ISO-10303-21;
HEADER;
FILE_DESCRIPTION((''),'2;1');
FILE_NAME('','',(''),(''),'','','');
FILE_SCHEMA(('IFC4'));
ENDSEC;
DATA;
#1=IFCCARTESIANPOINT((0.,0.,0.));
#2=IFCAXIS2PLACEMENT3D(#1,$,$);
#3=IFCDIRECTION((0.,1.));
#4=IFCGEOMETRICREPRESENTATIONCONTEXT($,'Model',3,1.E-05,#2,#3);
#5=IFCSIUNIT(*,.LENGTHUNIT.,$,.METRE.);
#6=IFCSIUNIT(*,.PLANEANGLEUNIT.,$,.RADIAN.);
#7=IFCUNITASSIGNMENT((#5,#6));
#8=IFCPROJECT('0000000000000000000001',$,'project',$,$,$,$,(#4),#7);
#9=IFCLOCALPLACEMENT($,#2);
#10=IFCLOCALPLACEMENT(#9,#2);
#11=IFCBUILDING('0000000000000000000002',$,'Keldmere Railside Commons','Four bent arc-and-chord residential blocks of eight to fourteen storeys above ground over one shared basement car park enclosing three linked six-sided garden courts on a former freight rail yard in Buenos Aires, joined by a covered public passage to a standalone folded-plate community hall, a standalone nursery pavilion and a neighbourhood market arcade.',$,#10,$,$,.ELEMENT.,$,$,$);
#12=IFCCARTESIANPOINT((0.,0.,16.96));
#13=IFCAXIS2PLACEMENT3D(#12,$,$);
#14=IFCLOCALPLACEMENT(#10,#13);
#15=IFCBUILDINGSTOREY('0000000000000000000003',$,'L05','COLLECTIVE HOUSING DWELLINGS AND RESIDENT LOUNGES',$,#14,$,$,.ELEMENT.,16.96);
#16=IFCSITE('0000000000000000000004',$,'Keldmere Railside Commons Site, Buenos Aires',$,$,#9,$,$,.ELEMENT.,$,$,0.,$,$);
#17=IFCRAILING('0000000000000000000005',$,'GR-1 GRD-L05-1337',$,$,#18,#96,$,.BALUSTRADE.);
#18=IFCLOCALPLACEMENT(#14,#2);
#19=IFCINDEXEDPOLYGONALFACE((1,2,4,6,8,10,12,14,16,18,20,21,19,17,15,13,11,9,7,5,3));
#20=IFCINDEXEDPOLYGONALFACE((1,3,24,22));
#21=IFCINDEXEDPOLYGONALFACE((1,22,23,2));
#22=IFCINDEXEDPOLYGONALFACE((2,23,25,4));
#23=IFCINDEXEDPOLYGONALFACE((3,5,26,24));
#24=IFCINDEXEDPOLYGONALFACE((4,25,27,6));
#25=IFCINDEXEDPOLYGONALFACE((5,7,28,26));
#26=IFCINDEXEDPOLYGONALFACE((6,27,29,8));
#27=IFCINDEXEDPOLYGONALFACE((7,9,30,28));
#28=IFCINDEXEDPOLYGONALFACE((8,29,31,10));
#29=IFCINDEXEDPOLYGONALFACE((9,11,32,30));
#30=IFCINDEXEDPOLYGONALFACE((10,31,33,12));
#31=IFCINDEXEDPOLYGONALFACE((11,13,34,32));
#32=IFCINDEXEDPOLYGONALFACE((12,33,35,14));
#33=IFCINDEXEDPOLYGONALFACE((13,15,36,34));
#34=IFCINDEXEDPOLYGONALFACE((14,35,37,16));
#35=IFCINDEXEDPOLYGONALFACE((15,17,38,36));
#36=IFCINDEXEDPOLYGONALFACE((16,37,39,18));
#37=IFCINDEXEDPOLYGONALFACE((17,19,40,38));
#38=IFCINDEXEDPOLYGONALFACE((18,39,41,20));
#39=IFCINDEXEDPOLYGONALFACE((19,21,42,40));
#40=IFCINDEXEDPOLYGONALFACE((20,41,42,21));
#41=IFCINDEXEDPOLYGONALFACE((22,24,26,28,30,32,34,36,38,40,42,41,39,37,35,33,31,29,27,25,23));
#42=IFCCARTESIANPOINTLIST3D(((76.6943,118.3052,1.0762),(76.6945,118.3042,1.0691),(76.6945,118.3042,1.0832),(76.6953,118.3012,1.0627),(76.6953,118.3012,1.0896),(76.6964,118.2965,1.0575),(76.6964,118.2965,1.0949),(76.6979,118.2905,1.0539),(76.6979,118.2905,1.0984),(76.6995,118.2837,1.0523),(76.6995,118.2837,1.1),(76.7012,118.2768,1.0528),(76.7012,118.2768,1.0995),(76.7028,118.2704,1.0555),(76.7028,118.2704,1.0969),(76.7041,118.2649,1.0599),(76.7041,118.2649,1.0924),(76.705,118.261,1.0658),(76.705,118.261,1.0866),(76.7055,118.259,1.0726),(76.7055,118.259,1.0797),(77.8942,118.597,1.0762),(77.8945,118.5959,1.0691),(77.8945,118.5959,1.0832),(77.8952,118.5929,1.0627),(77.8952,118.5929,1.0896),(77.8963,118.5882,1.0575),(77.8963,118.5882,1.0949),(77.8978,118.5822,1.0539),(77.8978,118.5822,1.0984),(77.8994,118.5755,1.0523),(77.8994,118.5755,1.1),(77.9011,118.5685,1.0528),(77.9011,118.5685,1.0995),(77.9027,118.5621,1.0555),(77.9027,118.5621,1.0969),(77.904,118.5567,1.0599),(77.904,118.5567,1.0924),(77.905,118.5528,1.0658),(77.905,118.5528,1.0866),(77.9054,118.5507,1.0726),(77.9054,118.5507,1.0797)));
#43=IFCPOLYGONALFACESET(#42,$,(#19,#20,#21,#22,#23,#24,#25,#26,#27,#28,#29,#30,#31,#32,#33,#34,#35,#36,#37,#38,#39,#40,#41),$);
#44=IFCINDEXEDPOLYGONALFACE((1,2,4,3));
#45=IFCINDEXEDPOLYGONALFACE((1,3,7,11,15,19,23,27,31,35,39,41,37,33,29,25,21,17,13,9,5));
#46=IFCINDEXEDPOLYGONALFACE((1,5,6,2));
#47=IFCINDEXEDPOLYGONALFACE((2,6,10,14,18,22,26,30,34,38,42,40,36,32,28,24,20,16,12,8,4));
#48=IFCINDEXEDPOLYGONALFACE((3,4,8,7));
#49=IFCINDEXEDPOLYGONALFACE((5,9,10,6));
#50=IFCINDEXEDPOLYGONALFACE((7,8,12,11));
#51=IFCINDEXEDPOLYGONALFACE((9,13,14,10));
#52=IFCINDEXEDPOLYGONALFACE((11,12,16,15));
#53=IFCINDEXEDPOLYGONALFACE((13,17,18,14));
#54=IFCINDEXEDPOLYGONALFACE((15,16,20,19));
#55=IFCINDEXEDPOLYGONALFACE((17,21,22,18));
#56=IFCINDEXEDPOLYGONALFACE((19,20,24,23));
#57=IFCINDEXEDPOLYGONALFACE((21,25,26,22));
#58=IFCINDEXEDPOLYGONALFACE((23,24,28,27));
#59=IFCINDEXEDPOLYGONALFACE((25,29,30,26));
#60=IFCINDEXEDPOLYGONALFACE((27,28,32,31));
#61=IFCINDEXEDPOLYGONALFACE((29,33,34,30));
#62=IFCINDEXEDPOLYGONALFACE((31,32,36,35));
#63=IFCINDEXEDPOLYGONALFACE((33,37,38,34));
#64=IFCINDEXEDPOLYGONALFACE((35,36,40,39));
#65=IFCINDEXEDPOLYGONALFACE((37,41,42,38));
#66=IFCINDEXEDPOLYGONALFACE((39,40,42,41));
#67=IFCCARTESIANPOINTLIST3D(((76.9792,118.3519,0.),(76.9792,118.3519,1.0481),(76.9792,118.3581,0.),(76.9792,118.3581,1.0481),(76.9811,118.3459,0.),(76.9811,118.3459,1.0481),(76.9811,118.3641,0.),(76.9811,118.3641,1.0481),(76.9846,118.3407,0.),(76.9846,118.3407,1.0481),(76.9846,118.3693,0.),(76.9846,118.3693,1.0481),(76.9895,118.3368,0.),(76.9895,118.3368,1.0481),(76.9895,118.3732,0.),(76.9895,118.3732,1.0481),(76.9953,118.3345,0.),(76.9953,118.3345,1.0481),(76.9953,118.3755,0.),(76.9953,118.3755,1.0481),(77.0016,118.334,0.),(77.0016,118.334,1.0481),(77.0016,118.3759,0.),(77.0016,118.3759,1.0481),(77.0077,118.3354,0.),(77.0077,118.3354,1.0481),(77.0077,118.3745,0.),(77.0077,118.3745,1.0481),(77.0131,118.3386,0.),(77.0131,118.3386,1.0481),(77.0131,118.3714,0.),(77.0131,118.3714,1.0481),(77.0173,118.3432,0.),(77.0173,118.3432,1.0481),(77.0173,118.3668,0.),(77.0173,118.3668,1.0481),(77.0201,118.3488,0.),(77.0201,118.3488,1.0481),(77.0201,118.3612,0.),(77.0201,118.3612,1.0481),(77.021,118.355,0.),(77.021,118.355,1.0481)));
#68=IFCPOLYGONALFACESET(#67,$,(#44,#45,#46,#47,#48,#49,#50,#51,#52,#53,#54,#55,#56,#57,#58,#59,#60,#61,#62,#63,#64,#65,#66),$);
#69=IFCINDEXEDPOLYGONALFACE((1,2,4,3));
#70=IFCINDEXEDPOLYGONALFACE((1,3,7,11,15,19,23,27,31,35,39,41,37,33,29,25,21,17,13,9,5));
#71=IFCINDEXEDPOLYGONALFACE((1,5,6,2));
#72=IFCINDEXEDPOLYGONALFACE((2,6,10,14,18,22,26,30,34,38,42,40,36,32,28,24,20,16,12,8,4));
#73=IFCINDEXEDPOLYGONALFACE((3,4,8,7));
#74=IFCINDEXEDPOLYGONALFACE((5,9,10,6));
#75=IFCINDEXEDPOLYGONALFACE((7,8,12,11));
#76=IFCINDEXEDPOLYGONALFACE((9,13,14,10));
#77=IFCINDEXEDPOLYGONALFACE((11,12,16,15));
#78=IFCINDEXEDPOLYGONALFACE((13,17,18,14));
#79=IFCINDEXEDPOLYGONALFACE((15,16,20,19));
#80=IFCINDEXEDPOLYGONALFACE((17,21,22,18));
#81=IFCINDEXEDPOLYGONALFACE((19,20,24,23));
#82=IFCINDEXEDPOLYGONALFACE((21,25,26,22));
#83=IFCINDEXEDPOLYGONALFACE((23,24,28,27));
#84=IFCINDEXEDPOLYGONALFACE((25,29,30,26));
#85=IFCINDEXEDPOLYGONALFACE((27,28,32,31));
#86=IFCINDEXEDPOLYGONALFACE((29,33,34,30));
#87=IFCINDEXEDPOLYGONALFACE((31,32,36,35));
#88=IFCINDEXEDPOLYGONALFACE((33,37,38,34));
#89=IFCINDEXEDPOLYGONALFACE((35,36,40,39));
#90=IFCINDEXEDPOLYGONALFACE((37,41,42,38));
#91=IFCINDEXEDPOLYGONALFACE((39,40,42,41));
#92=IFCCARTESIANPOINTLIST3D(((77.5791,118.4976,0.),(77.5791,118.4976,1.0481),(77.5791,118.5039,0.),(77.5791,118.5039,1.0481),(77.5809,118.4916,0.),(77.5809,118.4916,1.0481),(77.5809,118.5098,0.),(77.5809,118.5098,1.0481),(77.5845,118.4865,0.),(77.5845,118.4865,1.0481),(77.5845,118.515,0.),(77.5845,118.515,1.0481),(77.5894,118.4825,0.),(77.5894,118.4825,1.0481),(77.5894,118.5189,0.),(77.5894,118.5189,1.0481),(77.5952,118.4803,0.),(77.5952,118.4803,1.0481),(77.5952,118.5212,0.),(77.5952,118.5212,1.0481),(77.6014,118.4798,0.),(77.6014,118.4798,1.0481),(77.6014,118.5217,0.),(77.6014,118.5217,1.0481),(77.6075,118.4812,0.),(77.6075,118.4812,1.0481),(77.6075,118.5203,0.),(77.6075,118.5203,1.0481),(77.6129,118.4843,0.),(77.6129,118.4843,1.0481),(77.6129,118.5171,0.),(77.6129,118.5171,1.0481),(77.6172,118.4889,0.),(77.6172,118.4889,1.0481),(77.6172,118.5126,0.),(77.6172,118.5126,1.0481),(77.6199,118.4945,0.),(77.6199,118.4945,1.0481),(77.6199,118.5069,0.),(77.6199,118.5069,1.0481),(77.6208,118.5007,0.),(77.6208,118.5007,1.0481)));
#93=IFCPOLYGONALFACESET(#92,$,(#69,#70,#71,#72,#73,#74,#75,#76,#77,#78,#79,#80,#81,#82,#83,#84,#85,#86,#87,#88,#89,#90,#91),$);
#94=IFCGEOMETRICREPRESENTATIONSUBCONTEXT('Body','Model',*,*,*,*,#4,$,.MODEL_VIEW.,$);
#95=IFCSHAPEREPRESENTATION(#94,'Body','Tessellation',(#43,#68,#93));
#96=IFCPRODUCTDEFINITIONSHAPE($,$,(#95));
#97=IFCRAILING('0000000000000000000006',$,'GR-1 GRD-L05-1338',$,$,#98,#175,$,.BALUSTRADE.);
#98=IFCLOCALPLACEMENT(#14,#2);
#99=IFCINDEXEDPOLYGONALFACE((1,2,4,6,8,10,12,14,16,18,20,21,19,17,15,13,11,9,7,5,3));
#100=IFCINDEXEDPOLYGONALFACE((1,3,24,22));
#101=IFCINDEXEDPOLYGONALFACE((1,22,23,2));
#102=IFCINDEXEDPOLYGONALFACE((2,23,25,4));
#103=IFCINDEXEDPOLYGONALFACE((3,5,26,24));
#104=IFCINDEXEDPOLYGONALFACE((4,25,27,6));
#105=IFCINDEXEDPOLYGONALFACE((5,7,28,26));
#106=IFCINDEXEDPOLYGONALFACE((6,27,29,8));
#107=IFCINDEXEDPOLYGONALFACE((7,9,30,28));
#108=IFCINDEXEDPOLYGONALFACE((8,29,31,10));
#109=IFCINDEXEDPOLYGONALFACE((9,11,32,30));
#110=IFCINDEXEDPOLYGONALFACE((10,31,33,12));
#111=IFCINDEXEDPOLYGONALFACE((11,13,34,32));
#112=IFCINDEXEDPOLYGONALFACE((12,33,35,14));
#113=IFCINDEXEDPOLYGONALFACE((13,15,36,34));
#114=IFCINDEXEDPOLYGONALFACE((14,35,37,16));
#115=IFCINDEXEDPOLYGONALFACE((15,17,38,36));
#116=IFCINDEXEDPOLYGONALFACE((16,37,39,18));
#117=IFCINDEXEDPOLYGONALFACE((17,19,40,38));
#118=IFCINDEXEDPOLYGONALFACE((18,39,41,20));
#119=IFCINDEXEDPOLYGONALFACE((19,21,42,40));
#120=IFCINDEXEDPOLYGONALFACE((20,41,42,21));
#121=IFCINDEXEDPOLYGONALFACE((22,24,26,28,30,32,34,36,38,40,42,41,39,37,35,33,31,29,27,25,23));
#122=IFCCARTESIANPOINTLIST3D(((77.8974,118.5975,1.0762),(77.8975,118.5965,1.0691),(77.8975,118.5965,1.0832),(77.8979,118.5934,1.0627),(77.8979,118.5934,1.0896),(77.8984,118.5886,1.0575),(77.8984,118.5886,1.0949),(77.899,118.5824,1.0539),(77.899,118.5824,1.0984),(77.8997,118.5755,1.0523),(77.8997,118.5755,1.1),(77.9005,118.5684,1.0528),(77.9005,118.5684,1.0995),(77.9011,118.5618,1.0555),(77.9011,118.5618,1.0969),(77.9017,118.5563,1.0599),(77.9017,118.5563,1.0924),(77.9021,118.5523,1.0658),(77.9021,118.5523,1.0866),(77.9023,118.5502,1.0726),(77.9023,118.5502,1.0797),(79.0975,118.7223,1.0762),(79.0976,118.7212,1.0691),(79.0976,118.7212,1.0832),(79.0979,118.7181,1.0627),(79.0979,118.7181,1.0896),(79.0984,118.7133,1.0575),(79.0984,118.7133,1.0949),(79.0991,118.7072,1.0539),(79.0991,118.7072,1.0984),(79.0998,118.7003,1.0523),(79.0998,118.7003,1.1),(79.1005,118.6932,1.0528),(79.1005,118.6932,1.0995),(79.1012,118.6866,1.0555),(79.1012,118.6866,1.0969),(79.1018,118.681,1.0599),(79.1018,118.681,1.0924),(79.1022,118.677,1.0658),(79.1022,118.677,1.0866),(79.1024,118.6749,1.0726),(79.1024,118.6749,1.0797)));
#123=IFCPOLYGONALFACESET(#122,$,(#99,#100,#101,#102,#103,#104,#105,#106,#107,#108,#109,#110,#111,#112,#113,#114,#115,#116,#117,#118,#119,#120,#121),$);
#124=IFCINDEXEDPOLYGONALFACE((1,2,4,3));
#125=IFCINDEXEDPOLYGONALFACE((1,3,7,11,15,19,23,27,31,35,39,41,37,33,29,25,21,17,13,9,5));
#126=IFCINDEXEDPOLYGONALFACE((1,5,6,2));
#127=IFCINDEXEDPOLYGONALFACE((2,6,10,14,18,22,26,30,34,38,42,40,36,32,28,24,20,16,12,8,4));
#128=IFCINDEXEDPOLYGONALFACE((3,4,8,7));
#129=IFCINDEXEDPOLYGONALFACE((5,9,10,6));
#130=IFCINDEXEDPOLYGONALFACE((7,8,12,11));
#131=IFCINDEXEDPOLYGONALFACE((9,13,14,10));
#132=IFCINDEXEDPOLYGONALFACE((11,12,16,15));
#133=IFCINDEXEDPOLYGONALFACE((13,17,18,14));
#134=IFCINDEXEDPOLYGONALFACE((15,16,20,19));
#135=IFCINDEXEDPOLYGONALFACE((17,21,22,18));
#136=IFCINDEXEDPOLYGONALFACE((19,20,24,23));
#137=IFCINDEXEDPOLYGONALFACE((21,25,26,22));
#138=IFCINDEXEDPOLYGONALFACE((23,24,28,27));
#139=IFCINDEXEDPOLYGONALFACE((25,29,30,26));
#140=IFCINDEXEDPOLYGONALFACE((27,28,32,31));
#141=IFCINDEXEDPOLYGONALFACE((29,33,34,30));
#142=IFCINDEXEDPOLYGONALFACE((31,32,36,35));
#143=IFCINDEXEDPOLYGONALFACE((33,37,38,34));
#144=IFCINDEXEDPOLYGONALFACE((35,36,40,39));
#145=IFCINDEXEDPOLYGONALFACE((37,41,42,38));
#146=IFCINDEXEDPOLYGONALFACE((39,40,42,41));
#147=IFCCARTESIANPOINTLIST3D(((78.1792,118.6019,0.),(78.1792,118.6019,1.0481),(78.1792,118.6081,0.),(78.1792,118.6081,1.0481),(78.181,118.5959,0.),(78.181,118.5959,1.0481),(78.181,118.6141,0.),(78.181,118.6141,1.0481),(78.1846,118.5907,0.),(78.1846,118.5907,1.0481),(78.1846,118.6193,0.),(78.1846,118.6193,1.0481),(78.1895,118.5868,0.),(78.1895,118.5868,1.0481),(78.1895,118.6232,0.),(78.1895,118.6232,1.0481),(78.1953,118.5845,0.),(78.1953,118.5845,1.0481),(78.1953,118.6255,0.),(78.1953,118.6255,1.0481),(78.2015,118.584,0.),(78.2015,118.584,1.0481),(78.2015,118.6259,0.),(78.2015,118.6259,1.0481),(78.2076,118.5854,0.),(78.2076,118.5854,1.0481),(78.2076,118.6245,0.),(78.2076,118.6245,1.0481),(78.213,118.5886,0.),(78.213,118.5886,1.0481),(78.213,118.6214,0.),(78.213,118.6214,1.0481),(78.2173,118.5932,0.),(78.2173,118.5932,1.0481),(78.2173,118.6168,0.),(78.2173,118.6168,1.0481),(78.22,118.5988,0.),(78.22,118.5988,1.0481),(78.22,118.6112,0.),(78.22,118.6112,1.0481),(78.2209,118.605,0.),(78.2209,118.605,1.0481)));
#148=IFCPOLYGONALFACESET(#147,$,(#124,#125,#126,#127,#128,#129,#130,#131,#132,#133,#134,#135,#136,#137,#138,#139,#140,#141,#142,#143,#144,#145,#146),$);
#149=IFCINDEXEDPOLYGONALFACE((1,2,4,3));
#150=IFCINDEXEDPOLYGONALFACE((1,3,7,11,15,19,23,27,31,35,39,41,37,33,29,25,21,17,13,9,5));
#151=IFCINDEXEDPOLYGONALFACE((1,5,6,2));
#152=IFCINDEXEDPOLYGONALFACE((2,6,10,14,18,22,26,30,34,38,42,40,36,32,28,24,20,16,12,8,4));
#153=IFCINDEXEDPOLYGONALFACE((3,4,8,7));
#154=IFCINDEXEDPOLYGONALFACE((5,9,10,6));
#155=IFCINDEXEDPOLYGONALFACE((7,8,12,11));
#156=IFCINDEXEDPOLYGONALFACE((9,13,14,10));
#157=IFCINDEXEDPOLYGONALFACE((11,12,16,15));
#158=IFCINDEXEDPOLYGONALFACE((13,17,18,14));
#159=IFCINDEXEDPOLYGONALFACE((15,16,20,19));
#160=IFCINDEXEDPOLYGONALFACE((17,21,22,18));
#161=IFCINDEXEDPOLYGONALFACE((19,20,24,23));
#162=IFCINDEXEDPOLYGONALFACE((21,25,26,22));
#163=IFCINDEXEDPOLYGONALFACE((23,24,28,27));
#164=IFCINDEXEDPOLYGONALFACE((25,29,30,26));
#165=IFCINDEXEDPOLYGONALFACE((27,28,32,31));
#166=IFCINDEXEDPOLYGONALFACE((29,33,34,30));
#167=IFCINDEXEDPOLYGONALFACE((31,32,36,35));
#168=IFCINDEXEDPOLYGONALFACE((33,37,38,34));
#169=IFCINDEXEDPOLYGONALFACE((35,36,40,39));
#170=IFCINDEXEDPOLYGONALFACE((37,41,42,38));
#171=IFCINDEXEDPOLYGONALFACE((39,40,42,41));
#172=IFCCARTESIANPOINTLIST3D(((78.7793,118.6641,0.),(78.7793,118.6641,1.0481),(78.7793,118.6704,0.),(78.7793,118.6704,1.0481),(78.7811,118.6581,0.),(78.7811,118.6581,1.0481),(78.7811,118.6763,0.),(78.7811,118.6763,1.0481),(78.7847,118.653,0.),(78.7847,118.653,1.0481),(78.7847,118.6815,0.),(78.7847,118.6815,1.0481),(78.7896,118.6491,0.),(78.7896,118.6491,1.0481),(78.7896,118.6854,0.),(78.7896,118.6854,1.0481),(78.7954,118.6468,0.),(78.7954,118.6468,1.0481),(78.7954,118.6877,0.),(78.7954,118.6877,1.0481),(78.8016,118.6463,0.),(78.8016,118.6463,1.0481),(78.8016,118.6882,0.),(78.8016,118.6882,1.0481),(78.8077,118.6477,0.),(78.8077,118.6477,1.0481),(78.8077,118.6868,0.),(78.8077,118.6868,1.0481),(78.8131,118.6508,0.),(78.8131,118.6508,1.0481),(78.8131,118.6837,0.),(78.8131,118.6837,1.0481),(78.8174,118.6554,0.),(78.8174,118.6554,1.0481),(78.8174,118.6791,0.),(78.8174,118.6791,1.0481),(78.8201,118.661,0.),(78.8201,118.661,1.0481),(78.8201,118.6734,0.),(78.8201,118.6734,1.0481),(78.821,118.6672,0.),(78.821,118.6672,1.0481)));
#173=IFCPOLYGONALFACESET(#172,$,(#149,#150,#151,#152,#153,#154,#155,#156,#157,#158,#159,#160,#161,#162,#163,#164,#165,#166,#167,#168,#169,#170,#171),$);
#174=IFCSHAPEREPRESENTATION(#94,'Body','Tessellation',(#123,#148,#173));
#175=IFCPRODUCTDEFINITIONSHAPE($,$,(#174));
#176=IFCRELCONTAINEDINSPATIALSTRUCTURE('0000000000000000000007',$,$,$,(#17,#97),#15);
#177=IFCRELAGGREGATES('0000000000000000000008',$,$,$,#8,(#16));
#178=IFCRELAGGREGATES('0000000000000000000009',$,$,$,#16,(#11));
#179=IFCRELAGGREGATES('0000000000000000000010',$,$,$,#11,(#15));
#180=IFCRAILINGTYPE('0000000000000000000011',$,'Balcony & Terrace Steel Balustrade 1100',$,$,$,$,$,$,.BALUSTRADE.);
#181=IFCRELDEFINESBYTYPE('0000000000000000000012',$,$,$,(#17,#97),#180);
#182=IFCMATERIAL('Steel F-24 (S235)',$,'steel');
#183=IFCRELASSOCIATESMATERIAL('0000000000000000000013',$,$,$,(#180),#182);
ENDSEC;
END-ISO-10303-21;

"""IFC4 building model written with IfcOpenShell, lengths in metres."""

from ifc_helpers import new_model, si_unit, direction, frame, origin, origin_2d, place, context, subcontext, project, spatial, circle, extrude, material, type_object, element, save


model = new_model("IFC4")

# Units and contexts
model_context = context("Model", 3, precision=1e-05, world=origin(), true_north=direction((0.0, 1.0)))
body_context = subcontext(model_context, "Body", "Model", "MODEL_VIEW")
ifc_project = project(units=[si_unit("LENGTHUNIT", "METRE"), si_unit("PLANEANGLEUNIT", "RADIAN")], contexts=[model_context])

# Site, building, storey
site_placement = place(None, origin())
site = spatial("IfcSite", under=ifc_project, at=site_placement, Name="Keldmere Railside Commons Site, Buenos Aires", CompositionType="ELEMENT", RefElevation=0.0)
building_placement = place(site_placement, origin())
building = spatial("IfcBuilding", under=site, at=building_placement, Name="Keldmere Railside Commons", Description="Four bent arc-and-chord residential blocks of eight to fourteen storeys above ground over one shared basement car park enclosing three linked six-sided garden courts on a former freight rail yard in Buenos Aires, joined by a covered public passage to a standalone folded-plate community hall, a standalone nursery pavilion and a neighbourhood market arcade.", CompositionType="ELEMENT")
storey_placement = place(building_placement, frame((0.0, 0.0, 16.96)))
storey = spatial("IfcBuildingStorey", under=building, at=storey_placement, Name="L05", Description="COLLECTIVE HOUSING DWELLINGS AND RESIDENT LOUNGES", CompositionType="ELEMENT", Elevation=16.96)

# Shared definitions
ifc_material_1 = material(Name="Steel F-24 (S235)", Category="steel")

# Railings
railing_type_1 = type_object("IfcRailingType", Name="Balcony & Terrace Steel Balustrade 1100", PredefinedType="BALUSTRADE", material=ifc_material_1)
railing_1_placement = place(storey_placement, frame((76.7, 118.282, 0.0)))
element("IfcRailing", 1, at=railing_1_placement, inside=storey, type_object=railing_type_1, Name="GR-1 GRD-L05-1337", PredefinedType="BALUSTRADE", context=body_context, shape_type="SweptSolid", body=[
    extrude(circle(Radius=0.0239, at=origin_2d()), frame((0.0, 0.0, 1.0762), z_axis=(0.971692, 0.236251, 0.0), x_axis=(-0.236251, 0.971692, 0.0)), (0.0, 0.0, 1.0), 1.2349),
    extrude(circle(Radius=0.021, at=origin_2d()), frame((0.3, 0.073, 0.0)), (0.0, 0.0, 1.0), 1.0481),
    extrude(circle(Radius=0.021, at=origin_2d()), frame((0.8999, 0.2188, 0.0)), (0.0, 0.0, 1.0), 1.0481),
])
railing_2_placement = place(storey_placement, frame((77.8999, 118.5737, 0.0)))
element("IfcRailing", 2, at=railing_2_placement, inside=storey, type_object=railing_type_1, Name="GR-1 GRD-L05-1338", PredefinedType="BALUSTRADE", context=body_context, shape_type="SweptSolid", body=[
    extrude(circle(Radius=0.0239, at=origin_2d()), frame((0.0, 0.0, 1.0762), z_axis=(0.994641, 0.103389, 0.0), x_axis=(-0.103389, 0.994641, 0.0)), (0.0, 0.0, 1.0), 1.2065),
    extrude(circle(Radius=0.021, at=origin_2d()), frame((0.3, 0.0312, 0.0)), (0.0, 0.0, 1.0), 1.0481),
    extrude(circle(Radius=0.021, at=origin_2d()), frame((0.9001, 0.0935, 0.0)), (0.0, 0.0, 1.0), 1.0481),
])

save(model, "model.ifc")
